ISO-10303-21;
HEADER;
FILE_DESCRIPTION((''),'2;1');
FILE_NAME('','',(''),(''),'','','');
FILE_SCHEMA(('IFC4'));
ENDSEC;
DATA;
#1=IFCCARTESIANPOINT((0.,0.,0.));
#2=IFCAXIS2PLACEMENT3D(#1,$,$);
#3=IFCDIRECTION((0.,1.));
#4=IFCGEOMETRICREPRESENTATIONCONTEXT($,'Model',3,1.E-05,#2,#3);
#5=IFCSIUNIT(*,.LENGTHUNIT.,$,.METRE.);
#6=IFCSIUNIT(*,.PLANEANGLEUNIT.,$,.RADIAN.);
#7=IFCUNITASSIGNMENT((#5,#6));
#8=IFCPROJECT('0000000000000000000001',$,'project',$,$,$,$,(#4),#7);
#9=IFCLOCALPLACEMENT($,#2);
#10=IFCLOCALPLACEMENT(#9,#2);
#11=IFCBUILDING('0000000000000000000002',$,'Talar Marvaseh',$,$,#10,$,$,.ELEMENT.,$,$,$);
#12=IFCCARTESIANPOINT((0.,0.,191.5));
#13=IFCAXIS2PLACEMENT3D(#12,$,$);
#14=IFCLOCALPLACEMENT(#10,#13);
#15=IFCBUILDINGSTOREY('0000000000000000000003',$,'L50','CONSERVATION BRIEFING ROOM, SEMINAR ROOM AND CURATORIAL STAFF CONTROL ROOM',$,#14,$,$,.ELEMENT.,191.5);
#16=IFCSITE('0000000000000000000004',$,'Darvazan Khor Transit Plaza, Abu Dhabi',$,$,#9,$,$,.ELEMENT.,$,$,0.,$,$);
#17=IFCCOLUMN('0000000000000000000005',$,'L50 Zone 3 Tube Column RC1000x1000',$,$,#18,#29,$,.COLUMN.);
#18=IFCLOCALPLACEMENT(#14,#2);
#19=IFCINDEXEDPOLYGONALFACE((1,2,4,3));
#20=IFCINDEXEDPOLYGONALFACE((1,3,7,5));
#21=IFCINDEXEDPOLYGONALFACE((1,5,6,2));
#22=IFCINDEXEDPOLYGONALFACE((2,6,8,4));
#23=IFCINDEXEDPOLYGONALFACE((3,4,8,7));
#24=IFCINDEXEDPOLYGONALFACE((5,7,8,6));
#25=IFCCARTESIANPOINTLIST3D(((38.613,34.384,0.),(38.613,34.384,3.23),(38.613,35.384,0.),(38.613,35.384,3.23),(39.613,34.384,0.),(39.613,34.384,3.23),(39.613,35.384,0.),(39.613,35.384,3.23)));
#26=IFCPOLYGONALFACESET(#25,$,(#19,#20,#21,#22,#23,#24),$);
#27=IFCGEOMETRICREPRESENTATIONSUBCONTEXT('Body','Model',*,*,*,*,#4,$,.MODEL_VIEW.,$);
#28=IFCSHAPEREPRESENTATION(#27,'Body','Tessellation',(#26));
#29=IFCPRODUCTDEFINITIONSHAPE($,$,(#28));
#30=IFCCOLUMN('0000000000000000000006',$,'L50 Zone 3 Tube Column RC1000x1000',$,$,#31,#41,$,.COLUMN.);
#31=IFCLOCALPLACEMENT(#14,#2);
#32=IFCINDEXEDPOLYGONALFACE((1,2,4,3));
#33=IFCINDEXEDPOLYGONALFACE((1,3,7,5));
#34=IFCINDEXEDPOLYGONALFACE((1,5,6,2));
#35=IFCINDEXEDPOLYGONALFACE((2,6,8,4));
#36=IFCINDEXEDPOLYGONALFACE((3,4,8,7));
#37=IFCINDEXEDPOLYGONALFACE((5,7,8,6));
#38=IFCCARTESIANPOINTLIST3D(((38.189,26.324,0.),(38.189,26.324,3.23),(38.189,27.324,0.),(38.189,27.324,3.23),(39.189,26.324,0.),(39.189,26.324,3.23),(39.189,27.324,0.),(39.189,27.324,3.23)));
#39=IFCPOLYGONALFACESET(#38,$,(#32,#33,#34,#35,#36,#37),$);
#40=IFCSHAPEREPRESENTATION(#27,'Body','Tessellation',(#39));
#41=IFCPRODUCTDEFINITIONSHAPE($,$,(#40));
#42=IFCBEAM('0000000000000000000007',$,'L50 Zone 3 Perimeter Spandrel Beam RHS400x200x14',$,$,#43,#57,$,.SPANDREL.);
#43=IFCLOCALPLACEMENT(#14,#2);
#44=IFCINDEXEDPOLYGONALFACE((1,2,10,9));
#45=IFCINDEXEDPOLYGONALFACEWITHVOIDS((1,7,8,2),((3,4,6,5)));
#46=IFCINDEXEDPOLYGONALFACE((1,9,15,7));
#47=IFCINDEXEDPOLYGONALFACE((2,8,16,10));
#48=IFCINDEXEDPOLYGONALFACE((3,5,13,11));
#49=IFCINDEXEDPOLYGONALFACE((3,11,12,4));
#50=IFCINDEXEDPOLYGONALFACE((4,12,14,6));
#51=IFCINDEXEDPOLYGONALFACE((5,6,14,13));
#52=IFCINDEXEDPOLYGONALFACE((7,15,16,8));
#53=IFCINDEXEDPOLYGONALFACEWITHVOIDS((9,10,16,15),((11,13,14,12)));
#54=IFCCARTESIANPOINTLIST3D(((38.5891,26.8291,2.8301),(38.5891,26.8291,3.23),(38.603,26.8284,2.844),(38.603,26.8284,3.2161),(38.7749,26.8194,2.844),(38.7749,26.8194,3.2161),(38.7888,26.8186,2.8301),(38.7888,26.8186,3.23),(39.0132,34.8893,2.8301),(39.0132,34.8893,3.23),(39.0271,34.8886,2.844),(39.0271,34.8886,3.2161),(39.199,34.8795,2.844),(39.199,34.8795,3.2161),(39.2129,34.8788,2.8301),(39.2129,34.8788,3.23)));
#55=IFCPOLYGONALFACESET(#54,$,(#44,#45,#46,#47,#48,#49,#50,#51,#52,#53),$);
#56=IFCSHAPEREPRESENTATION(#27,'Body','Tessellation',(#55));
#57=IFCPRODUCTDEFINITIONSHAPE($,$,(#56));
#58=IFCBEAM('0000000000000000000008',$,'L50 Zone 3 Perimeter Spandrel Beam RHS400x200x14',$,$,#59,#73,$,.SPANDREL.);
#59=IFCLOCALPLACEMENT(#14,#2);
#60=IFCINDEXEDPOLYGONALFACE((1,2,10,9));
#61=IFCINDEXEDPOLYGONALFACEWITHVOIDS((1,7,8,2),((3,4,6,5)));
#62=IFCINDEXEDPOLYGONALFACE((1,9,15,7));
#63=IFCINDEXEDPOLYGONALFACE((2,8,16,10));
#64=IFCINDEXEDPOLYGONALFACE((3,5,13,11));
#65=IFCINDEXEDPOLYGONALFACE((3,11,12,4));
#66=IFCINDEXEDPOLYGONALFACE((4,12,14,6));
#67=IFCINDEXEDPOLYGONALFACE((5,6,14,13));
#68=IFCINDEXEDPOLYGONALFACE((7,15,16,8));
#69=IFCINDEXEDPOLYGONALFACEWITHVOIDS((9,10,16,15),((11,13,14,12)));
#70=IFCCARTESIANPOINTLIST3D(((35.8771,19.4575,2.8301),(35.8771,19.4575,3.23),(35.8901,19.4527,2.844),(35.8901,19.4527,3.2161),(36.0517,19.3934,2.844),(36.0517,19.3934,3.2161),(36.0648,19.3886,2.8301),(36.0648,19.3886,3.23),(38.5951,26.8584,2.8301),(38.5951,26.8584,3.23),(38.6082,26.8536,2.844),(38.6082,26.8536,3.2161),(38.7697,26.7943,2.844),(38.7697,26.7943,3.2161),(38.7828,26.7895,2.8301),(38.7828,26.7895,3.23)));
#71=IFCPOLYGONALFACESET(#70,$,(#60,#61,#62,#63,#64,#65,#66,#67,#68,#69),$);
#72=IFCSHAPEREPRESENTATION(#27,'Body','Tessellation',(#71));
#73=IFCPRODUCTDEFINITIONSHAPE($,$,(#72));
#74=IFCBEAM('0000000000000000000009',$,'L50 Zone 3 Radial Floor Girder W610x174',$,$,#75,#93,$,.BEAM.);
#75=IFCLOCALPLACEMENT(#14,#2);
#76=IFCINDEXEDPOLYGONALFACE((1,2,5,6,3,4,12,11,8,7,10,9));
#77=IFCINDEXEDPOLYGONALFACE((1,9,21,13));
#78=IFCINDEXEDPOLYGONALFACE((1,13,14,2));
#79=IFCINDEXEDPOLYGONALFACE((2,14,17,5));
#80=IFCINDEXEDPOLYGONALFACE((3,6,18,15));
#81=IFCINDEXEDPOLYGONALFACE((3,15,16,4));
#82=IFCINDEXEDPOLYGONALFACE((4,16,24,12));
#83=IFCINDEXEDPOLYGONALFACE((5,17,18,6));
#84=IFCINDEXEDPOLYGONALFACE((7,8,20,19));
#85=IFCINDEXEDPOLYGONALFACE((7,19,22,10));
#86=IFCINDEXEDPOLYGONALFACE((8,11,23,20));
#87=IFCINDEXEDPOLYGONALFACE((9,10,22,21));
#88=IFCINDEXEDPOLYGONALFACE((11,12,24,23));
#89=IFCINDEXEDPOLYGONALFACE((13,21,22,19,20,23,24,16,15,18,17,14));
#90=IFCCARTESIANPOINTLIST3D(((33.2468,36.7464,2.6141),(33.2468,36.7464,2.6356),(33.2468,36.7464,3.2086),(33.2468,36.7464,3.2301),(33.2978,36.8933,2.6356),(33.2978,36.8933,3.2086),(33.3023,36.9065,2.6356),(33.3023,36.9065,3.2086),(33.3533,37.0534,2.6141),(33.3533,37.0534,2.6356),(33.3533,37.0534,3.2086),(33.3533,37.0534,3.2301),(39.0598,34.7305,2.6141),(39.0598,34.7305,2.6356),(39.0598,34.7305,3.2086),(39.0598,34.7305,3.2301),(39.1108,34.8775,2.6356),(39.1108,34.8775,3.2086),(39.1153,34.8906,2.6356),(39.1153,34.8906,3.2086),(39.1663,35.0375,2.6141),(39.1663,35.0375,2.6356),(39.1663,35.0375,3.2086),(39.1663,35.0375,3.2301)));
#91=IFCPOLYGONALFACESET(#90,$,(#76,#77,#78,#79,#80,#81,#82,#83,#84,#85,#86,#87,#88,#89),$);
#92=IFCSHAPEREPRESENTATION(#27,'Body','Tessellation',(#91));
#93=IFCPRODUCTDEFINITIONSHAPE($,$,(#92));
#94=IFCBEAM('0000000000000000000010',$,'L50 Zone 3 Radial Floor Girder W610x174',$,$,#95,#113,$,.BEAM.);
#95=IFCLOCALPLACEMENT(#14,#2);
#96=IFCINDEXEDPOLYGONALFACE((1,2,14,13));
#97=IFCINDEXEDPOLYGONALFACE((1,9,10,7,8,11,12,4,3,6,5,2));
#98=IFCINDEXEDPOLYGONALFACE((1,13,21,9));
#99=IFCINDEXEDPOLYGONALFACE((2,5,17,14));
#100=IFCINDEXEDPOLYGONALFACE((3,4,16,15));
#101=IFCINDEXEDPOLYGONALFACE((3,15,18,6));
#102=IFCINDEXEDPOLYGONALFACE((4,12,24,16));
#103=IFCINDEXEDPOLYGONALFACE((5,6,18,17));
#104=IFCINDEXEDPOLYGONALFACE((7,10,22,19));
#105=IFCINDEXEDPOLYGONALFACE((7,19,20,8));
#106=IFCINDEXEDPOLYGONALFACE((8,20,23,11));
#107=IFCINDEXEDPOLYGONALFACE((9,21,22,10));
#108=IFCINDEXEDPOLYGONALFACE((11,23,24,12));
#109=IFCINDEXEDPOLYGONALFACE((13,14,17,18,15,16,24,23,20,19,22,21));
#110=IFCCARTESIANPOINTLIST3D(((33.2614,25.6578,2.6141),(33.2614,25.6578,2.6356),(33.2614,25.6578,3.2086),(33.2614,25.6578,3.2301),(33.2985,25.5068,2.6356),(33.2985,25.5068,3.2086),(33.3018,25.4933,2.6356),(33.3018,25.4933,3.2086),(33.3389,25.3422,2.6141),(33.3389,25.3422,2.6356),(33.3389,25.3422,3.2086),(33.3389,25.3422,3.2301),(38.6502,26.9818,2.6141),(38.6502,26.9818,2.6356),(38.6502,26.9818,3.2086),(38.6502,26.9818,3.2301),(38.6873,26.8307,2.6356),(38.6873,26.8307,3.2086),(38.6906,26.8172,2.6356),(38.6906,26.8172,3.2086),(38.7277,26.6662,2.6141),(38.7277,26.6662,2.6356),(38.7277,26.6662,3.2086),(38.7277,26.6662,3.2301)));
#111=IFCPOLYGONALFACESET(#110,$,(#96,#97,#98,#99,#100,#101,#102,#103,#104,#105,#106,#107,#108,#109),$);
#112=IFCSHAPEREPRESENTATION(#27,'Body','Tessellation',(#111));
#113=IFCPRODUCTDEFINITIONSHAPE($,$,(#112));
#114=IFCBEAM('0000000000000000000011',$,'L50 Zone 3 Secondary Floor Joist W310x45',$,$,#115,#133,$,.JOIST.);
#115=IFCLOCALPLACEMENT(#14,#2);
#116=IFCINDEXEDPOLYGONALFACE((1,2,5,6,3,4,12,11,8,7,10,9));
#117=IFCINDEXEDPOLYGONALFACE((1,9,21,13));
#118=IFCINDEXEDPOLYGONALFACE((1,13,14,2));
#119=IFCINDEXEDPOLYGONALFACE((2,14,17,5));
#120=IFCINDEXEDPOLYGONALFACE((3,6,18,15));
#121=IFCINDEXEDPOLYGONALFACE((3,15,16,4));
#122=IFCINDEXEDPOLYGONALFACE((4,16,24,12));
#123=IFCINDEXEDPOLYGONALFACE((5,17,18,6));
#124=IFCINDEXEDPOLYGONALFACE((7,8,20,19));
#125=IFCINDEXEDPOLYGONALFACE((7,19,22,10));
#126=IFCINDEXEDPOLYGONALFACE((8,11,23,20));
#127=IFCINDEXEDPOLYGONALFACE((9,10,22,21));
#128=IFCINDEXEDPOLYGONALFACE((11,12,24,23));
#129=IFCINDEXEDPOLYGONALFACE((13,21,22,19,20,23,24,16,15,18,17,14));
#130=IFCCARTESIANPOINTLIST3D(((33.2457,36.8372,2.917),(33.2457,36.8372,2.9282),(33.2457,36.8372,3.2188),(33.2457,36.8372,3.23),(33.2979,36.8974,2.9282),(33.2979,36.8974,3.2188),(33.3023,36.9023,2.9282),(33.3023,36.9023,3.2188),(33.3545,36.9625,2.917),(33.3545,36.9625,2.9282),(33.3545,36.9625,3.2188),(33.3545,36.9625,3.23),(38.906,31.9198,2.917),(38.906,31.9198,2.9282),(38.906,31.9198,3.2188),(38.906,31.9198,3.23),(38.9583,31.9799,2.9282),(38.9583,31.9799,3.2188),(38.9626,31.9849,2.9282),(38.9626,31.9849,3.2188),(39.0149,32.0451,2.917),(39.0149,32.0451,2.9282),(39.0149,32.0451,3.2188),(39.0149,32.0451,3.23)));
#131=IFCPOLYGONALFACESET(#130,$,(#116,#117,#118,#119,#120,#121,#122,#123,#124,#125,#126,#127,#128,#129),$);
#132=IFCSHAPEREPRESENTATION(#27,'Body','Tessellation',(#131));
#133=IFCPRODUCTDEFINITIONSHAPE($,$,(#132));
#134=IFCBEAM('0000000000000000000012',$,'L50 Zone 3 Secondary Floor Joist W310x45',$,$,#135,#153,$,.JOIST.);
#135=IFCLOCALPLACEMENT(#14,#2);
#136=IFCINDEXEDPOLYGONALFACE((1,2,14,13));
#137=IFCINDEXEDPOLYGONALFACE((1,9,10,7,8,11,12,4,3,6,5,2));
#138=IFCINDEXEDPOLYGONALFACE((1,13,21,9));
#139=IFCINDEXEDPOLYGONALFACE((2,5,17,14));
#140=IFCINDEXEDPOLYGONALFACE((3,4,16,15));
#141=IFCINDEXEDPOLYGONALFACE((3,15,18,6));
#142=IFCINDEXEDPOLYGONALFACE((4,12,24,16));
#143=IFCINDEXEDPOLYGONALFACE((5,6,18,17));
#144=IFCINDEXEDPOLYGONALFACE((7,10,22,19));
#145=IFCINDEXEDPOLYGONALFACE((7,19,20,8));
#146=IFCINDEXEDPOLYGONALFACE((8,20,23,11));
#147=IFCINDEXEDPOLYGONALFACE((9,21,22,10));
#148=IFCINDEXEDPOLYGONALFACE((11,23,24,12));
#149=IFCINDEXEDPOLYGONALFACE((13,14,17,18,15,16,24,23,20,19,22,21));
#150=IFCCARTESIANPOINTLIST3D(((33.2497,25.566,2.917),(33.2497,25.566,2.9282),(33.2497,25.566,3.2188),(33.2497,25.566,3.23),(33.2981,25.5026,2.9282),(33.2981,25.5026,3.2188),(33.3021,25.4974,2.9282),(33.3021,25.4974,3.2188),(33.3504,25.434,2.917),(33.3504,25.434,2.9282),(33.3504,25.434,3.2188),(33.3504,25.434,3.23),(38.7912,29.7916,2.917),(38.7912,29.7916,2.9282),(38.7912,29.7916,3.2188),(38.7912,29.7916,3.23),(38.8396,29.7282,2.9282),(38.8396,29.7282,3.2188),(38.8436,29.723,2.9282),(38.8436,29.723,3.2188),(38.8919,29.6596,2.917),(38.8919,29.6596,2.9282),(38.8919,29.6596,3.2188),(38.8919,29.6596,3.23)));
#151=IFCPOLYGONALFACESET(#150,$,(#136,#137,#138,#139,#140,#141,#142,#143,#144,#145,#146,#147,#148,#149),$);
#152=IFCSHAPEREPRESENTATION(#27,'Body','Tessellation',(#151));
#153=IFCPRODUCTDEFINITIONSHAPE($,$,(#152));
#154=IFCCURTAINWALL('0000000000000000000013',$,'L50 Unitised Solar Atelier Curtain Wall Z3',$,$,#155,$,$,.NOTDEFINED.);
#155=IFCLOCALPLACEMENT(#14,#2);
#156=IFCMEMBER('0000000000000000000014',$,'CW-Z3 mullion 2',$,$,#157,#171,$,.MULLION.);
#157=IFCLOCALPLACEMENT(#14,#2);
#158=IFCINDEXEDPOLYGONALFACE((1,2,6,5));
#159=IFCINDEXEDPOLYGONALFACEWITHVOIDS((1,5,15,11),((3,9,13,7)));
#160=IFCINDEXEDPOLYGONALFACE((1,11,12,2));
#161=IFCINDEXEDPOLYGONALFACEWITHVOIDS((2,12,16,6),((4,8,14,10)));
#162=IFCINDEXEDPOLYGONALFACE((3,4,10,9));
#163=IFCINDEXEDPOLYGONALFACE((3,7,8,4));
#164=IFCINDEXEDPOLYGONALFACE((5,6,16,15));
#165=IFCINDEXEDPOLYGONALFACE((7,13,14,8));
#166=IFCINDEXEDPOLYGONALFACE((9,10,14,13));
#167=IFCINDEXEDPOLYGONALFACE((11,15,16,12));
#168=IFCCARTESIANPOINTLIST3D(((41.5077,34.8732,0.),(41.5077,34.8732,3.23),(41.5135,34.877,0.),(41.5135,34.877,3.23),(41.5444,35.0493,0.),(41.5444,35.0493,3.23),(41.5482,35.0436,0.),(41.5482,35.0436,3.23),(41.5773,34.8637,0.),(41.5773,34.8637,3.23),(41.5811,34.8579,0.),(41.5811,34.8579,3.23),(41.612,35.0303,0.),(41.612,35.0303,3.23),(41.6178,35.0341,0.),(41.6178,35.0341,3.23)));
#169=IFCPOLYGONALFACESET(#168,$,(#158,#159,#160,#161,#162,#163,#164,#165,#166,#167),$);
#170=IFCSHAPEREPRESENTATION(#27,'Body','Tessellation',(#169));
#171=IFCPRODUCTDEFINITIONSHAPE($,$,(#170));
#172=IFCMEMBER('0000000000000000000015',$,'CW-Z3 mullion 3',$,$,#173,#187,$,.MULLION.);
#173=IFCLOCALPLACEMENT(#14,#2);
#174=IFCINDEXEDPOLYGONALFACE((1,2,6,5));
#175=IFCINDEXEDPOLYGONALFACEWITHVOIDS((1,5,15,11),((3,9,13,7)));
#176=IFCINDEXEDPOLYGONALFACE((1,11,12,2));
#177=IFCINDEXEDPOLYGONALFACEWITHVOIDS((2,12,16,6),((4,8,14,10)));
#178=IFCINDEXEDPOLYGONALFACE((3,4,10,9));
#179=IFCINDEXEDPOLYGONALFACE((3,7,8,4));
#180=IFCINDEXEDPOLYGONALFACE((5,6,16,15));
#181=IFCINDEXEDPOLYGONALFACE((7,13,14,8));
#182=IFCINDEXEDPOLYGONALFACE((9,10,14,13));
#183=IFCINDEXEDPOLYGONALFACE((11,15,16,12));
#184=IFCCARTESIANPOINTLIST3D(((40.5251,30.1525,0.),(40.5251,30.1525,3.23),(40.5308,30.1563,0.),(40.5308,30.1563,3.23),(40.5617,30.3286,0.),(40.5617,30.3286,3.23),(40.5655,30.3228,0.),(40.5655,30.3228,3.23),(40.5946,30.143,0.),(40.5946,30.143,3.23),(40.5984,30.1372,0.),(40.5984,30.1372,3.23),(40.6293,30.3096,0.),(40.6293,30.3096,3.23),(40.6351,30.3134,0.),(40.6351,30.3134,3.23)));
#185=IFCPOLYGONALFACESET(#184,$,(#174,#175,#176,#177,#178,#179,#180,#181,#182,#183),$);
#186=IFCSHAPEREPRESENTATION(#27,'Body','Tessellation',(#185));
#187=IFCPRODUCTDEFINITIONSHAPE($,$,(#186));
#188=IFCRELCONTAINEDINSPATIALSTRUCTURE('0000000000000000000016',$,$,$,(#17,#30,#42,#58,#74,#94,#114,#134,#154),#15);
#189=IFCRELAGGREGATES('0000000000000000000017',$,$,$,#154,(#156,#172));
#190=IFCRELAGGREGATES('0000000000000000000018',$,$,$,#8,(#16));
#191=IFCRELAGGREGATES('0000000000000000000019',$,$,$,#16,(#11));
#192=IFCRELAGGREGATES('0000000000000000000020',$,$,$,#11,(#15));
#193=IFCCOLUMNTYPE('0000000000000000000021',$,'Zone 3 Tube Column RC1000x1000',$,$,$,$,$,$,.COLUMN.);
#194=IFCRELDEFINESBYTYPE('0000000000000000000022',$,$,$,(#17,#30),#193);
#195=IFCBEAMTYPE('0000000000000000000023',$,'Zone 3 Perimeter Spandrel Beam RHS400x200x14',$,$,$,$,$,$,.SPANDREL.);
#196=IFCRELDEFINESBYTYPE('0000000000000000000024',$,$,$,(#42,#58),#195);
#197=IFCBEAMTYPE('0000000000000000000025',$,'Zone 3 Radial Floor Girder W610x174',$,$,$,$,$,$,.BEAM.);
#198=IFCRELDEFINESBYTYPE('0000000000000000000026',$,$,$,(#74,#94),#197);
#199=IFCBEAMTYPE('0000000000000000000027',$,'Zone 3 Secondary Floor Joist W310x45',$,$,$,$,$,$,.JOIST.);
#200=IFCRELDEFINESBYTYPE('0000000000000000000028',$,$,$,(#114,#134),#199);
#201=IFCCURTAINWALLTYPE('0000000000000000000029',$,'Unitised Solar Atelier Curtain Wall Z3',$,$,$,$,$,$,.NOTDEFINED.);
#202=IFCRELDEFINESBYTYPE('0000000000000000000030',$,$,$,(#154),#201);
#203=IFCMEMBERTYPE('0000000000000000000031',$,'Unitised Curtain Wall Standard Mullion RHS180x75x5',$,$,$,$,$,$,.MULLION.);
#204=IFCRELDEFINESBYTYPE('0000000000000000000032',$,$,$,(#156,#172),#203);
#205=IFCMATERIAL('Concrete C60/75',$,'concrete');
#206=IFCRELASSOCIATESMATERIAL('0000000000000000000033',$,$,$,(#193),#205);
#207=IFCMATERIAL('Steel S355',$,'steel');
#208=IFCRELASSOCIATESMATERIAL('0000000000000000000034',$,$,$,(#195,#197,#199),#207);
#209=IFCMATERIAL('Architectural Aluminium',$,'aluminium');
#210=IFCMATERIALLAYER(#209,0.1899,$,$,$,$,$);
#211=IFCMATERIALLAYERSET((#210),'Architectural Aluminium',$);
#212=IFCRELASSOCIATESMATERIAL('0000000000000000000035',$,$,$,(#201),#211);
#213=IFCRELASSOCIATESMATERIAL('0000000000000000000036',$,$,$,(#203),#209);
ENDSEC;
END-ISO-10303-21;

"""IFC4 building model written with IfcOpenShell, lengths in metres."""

from ifc_helpers import new_model, si_unit, direction, frame, origin, origin_2d, place, context, subcontext, project, spatial, rectangle, hollow_rectangle, i_section, extrude, source, transform, mapped, material, layer, layer_set, material_profile, profile_set, type_object, type_shapes, element, aggregate, save


model = new_model("IFC4")

# Units and contexts
model_context = context("Model", 3, precision=1e-05, world=origin(), true_north=direction((0.0, 1.0)))
body_context = subcontext(model_context, "Body", "Model", "MODEL_VIEW")
ifc_project = project(units=[si_unit("LENGTHUNIT", "METRE"), si_unit("PLANEANGLEUNIT", "RADIAN")], contexts=[model_context])

# Site, building, storey
site_placement = place(None, origin())
site = spatial("IfcSite", under=ifc_project, at=site_placement, Name="Darvazan Khor Transit Plaza, Abu Dhabi", CompositionType="ELEMENT", RefElevation=0.0)
building_placement = place(site_placement, origin())
building = spatial("IfcBuilding", under=site, at=building_placement, Name="Talar Marvaseh", CompositionType="ELEMENT")
storey_placement = place(building_placement, frame((0.0, 0.0, 191.5)))
storey = spatial("IfcBuildingStorey", under=building, at=storey_placement, Name="L50", Description="CONSERVATION BRIEFING ROOM, SEMINAR ROOM AND CURATORIAL STAFF CONTROL ROOM", CompositionType="ELEMENT", Elevation=191.5)

# Columns
ifc_material_1 = material(Name="Concrete C60/75", Category="concrete")
ifc_material_profile_1 = material_profile(ifc_material_1, rectangle(XDim=1.0, YDim=1.0, at=origin_2d()), Name="RC1000x1000")
ifc_profile_set_1 = profile_set([ifc_material_profile_1], Name="Concrete C60/75")
column_type = type_object("IfcColumnType", Name="Zone 3 Tube Column RC1000x1000", PredefinedType="COLUMN", material=ifc_profile_set_1)
for number, where, z_axis, x_axis, name in (
    (1, (39.113, 34.884, 0.0), (0.0, 0.0, 1.0), (1.0, 0.0, 0.0), "L50 Zone 3 Tube Column RC1000x1000"),
    (2, (38.689, 26.824, 0.0), (0.0, 0.0, 1.0), (1.0, 0.0, 0.0), "L50 Zone 3 Tube Column RC1000x1000"),
):
    element("IfcColumn", number, at=place(storey_placement, frame(where, z_axis=z_axis, x_axis=x_axis)), inside=storey, type_object=column_type, Name=name, PredefinedType="COLUMN", context=body_context, shape_type="SweptSolid", body=[
        extrude(rectangle(XDim=1.0, YDim=1.0, at=origin_2d()), origin(), (0.0, 0.0, 1.0), 3.23),
    ])

# Beams
ifc_material_2 = material(Name="Steel S355", Category="steel")
ifc_material_profile_2 = material_profile(ifc_material_2, hollow_rectangle(XDim=0.2, YDim=0.3999, WallThickness=0.0139, at=origin_2d()), Name="RHS400x200x14")
ifc_profile_set_2 = profile_set([ifc_material_profile_2], Name="Steel S355")
beam_type_1 = type_object("IfcBeamType", Name="Zone 3 Perimeter Spandrel Beam RHS400x200x14", PredefinedType="SPANDREL", material=ifc_profile_set_2)
beam_1_placement = place(storey_placement, frame((39.113, 34.884, 3.03), z_axis=(-0.052541, -0.998619, 0.0), x_axis=(0.998619, -0.052541, 0.0)))
element("IfcBeam", 3, at=beam_1_placement, inside=storey, type_object=beam_type_1, Name="L50 Zone 3 Perimeter Spandrel Beam RHS400x200x14", PredefinedType="SPANDREL", context=body_context, shape_type="SweptSolid", body=[
    extrude(hollow_rectangle(XDim=0.2, YDim=0.3999, WallThickness=0.0139, at=origin_2d()), origin(), (0.0, 0.0, 1.0), 8.0713),
])
beam_2_placement = place(storey_placement, frame((38.689, 26.824, 3.03), z_axis=(-0.344742, -0.938697, 0.0), x_axis=(0.938697, -0.344742, 0.0)))
element("IfcBeam", 4, at=beam_2_placement, inside=storey, type_object=beam_type_1, Name="L50 Zone 3 Perimeter Spandrel Beam RHS400x200x14", PredefinedType="SPANDREL", context=body_context, shape_type="SweptSolid", body=[
    extrude(hollow_rectangle(XDim=0.2, YDim=0.3999, WallThickness=0.0139, at=origin_2d()), origin(), (0.0, 0.0, 1.0), 7.8843),
])
ifc_material_profile_3 = material_profile(ifc_material_2, i_section(OverallWidth=0.325, OverallDepth=0.616, WebThickness=0.0139, FlangeThickness=0.0215, at=origin_2d()), Name="W610x174")
ifc_profile_set_3 = profile_set([ifc_material_profile_3], Name="Steel S355")
beam_type_2 = type_object("IfcBeamType", Name="Zone 3 Radial Floor Girder W610x174", PredefinedType="BEAM", material=ifc_profile_set_3)
beam_3_placement = place(storey_placement, frame((39.113, 34.884, 2.9221), z_axis=(-0.944801, 0.327645, 0.0), x_axis=(-0.327645, -0.944801, 0.0)))
element("IfcBeam", 5, at=beam_3_placement, inside=storey, type_object=beam_type_2, Name="L50 Zone 3 Radial Floor Girder W610x174", PredefinedType="BEAM", context=body_context, shape_type="SweptSolid", body=[
    extrude(i_section(OverallWidth=0.325, OverallDepth=0.616, WebThickness=0.0139, FlangeThickness=0.0215, at=origin_2d()), origin(), (0.0, 0.0, 1.0), 6.1526),
])
beam_4_placement = place(storey_placement, frame((38.689, 26.824, 2.9221), z_axis=(-0.971121, -0.23859, 0.0), x_axis=(0.23859, -0.971121, 0.0)))
element("IfcBeam", 6, at=beam_4_placement, inside=storey, type_object=beam_type_2, Name="L50 Zone 3 Radial Floor Girder W610x174", PredefinedType="BEAM", context=body_context, shape_type="SweptSolid", body=[
    extrude(i_section(OverallWidth=0.325, OverallDepth=0.616, WebThickness=0.0139, FlangeThickness=0.0215, at=origin_2d()), origin(), (0.0, 0.0, 1.0), 5.5491),
])
ifc_material_profile_4 = material_profile(ifc_material_2, i_section(OverallWidth=0.166, OverallDepth=0.313, WebThickness=0.0066, FlangeThickness=0.0112, at=origin_2d()), Name="W310x45")
ifc_profile_set_4 = profile_set([ifc_material_profile_4], Name="Steel S355")
beam_type_3 = type_object("IfcBeamType", Name="Zone 3 Secondary Floor Joist W310x45", PredefinedType="JOIST", material=ifc_profile_set_4)
beam_5_placement = place(storey_placement, frame((38.9604, 31.9824, 3.0735), z_axis=(-0.75491, 0.655829, 0.0), x_axis=(-0.655829, -0.75491, 0.0)))
element("IfcBeam", 7, at=beam_5_placement, inside=storey, type_object=beam_type_3, Name="L50 Zone 3 Secondary Floor Joist W310x45", PredefinedType="JOIST", context=body_context, shape_type="SweptSolid", body=[
    extrude(i_section(OverallWidth=0.166, OverallDepth=0.313, WebThickness=0.0066, FlangeThickness=0.0112, at=origin_2d()), origin(), (0.0, 0.0, 1.0), 7.498),
])
beam_6_placement = place(storey_placement, frame((38.8416, 29.7256, 3.0735), z_axis=(-0.79519, -0.60636, 0.0), x_axis=(0.60636, -0.79519, 0.0)))
element("IfcBeam", 8, at=beam_6_placement, inside=storey, type_object=beam_type_3, Name="L50 Zone 3 Secondary Floor Joist W310x45", PredefinedType="JOIST", context=body_context, shape_type="SweptSolid", body=[
    extrude(i_section(OverallWidth=0.166, OverallDepth=0.313, WebThickness=0.0066, FlangeThickness=0.0112, at=origin_2d()), origin(), (0.0, 0.0, 1.0), 6.9688),
])

# Curtain wall, members
ifc_material_3 = material(Name="Architectural Aluminium", Category="aluminium")
ifc_layer_1 = layer(ifc_material_3, 0.1899)
ifc_layer_set_1 = layer_set([ifc_layer_1], Name="Architectural Aluminium")
curtain_wall_type = type_object("IfcCurtainWallType", Name="Unitised Solar Atelier Curtain Wall Z3", PredefinedType="NOTDEFINED", material=ifc_layer_set_1)
curtain_wall_placement = place(storey_placement, origin())
curtain_wall = element("IfcCurtainWall", 9, at=curtain_wall_placement, inside=storey, type_object=curtain_wall_type, Name="L50 Unitised Solar Atelier Curtain Wall Z3", PredefinedType="NOTDEFINED")
ifc_material_profile_5 = material_profile(ifc_material_3, hollow_rectangle(XDim=0.075, YDim=0.1799, WallThickness=0.0049, at=origin_2d()), Name="RHS180x75x5")
ifc_profile_set_5 = profile_set([ifc_material_profile_5], Name="Architectural Aluminium")
member_type_1 = type_object("IfcMemberType", Name="Unitised Curtain Wall Standard Mullion RHS180x75x5", PredefinedType="MULLION", material=ifc_profile_set_5)
shared_shape_1 = source(origin(), body_context, "Body", "SweptSolid", [
    extrude(hollow_rectangle(XDim=0.075, YDim=0.1799, WallThickness=0.0049, at=origin_2d()), origin(), (0.0, 0.0, 1.0), 3.23),
])
type_shapes(member_type_1, [shared_shape_1])
member_1_placement = place(storey_placement, frame((41.5627, 34.9536, 0.0), z_axis=(0.0, 0.0, 1.0), x_axis=(0.979014, -0.203793, 0.0)))
member_1 = element("IfcMember", 10, at=member_1_placement, type_object=member_type_1, Name="CW-Z3 mullion 2", PredefinedType="MULLION", context=body_context, shape_type="MappedRepresentation", body=[
    mapped(shared_shape_1, transform((0.0, 0.0, 0.0), x_axis=(1.0, 0.0, 0.0), y_axis=(0.0, 1.0, 0.0), z_axis=(0.0, 0.0, 1.0), scale=1.0)),
])
member_2_placement = place(storey_placement, frame((40.5801, 30.2329, 0.0), z_axis=(0.0, 0.0, 1.0), x_axis=(0.979014, -0.203793, 0.0)))
member_2 = element("IfcMember", 11, at=member_2_placement, type_object=member_type_1, Name="CW-Z3 mullion 3", PredefinedType="MULLION", context=body_context, shape_type="MappedRepresentation", body=[
    mapped(shared_shape_1, transform((0.0, 0.0, 0.0), x_axis=(1.0, 0.0, 0.0), y_axis=(0.0, 1.0, 0.0), z_axis=(0.0, 0.0, 1.0), scale=1.0)),
])
aggregate(curtain_wall, [member_1, member_2])

save(model, "model.ifc")
